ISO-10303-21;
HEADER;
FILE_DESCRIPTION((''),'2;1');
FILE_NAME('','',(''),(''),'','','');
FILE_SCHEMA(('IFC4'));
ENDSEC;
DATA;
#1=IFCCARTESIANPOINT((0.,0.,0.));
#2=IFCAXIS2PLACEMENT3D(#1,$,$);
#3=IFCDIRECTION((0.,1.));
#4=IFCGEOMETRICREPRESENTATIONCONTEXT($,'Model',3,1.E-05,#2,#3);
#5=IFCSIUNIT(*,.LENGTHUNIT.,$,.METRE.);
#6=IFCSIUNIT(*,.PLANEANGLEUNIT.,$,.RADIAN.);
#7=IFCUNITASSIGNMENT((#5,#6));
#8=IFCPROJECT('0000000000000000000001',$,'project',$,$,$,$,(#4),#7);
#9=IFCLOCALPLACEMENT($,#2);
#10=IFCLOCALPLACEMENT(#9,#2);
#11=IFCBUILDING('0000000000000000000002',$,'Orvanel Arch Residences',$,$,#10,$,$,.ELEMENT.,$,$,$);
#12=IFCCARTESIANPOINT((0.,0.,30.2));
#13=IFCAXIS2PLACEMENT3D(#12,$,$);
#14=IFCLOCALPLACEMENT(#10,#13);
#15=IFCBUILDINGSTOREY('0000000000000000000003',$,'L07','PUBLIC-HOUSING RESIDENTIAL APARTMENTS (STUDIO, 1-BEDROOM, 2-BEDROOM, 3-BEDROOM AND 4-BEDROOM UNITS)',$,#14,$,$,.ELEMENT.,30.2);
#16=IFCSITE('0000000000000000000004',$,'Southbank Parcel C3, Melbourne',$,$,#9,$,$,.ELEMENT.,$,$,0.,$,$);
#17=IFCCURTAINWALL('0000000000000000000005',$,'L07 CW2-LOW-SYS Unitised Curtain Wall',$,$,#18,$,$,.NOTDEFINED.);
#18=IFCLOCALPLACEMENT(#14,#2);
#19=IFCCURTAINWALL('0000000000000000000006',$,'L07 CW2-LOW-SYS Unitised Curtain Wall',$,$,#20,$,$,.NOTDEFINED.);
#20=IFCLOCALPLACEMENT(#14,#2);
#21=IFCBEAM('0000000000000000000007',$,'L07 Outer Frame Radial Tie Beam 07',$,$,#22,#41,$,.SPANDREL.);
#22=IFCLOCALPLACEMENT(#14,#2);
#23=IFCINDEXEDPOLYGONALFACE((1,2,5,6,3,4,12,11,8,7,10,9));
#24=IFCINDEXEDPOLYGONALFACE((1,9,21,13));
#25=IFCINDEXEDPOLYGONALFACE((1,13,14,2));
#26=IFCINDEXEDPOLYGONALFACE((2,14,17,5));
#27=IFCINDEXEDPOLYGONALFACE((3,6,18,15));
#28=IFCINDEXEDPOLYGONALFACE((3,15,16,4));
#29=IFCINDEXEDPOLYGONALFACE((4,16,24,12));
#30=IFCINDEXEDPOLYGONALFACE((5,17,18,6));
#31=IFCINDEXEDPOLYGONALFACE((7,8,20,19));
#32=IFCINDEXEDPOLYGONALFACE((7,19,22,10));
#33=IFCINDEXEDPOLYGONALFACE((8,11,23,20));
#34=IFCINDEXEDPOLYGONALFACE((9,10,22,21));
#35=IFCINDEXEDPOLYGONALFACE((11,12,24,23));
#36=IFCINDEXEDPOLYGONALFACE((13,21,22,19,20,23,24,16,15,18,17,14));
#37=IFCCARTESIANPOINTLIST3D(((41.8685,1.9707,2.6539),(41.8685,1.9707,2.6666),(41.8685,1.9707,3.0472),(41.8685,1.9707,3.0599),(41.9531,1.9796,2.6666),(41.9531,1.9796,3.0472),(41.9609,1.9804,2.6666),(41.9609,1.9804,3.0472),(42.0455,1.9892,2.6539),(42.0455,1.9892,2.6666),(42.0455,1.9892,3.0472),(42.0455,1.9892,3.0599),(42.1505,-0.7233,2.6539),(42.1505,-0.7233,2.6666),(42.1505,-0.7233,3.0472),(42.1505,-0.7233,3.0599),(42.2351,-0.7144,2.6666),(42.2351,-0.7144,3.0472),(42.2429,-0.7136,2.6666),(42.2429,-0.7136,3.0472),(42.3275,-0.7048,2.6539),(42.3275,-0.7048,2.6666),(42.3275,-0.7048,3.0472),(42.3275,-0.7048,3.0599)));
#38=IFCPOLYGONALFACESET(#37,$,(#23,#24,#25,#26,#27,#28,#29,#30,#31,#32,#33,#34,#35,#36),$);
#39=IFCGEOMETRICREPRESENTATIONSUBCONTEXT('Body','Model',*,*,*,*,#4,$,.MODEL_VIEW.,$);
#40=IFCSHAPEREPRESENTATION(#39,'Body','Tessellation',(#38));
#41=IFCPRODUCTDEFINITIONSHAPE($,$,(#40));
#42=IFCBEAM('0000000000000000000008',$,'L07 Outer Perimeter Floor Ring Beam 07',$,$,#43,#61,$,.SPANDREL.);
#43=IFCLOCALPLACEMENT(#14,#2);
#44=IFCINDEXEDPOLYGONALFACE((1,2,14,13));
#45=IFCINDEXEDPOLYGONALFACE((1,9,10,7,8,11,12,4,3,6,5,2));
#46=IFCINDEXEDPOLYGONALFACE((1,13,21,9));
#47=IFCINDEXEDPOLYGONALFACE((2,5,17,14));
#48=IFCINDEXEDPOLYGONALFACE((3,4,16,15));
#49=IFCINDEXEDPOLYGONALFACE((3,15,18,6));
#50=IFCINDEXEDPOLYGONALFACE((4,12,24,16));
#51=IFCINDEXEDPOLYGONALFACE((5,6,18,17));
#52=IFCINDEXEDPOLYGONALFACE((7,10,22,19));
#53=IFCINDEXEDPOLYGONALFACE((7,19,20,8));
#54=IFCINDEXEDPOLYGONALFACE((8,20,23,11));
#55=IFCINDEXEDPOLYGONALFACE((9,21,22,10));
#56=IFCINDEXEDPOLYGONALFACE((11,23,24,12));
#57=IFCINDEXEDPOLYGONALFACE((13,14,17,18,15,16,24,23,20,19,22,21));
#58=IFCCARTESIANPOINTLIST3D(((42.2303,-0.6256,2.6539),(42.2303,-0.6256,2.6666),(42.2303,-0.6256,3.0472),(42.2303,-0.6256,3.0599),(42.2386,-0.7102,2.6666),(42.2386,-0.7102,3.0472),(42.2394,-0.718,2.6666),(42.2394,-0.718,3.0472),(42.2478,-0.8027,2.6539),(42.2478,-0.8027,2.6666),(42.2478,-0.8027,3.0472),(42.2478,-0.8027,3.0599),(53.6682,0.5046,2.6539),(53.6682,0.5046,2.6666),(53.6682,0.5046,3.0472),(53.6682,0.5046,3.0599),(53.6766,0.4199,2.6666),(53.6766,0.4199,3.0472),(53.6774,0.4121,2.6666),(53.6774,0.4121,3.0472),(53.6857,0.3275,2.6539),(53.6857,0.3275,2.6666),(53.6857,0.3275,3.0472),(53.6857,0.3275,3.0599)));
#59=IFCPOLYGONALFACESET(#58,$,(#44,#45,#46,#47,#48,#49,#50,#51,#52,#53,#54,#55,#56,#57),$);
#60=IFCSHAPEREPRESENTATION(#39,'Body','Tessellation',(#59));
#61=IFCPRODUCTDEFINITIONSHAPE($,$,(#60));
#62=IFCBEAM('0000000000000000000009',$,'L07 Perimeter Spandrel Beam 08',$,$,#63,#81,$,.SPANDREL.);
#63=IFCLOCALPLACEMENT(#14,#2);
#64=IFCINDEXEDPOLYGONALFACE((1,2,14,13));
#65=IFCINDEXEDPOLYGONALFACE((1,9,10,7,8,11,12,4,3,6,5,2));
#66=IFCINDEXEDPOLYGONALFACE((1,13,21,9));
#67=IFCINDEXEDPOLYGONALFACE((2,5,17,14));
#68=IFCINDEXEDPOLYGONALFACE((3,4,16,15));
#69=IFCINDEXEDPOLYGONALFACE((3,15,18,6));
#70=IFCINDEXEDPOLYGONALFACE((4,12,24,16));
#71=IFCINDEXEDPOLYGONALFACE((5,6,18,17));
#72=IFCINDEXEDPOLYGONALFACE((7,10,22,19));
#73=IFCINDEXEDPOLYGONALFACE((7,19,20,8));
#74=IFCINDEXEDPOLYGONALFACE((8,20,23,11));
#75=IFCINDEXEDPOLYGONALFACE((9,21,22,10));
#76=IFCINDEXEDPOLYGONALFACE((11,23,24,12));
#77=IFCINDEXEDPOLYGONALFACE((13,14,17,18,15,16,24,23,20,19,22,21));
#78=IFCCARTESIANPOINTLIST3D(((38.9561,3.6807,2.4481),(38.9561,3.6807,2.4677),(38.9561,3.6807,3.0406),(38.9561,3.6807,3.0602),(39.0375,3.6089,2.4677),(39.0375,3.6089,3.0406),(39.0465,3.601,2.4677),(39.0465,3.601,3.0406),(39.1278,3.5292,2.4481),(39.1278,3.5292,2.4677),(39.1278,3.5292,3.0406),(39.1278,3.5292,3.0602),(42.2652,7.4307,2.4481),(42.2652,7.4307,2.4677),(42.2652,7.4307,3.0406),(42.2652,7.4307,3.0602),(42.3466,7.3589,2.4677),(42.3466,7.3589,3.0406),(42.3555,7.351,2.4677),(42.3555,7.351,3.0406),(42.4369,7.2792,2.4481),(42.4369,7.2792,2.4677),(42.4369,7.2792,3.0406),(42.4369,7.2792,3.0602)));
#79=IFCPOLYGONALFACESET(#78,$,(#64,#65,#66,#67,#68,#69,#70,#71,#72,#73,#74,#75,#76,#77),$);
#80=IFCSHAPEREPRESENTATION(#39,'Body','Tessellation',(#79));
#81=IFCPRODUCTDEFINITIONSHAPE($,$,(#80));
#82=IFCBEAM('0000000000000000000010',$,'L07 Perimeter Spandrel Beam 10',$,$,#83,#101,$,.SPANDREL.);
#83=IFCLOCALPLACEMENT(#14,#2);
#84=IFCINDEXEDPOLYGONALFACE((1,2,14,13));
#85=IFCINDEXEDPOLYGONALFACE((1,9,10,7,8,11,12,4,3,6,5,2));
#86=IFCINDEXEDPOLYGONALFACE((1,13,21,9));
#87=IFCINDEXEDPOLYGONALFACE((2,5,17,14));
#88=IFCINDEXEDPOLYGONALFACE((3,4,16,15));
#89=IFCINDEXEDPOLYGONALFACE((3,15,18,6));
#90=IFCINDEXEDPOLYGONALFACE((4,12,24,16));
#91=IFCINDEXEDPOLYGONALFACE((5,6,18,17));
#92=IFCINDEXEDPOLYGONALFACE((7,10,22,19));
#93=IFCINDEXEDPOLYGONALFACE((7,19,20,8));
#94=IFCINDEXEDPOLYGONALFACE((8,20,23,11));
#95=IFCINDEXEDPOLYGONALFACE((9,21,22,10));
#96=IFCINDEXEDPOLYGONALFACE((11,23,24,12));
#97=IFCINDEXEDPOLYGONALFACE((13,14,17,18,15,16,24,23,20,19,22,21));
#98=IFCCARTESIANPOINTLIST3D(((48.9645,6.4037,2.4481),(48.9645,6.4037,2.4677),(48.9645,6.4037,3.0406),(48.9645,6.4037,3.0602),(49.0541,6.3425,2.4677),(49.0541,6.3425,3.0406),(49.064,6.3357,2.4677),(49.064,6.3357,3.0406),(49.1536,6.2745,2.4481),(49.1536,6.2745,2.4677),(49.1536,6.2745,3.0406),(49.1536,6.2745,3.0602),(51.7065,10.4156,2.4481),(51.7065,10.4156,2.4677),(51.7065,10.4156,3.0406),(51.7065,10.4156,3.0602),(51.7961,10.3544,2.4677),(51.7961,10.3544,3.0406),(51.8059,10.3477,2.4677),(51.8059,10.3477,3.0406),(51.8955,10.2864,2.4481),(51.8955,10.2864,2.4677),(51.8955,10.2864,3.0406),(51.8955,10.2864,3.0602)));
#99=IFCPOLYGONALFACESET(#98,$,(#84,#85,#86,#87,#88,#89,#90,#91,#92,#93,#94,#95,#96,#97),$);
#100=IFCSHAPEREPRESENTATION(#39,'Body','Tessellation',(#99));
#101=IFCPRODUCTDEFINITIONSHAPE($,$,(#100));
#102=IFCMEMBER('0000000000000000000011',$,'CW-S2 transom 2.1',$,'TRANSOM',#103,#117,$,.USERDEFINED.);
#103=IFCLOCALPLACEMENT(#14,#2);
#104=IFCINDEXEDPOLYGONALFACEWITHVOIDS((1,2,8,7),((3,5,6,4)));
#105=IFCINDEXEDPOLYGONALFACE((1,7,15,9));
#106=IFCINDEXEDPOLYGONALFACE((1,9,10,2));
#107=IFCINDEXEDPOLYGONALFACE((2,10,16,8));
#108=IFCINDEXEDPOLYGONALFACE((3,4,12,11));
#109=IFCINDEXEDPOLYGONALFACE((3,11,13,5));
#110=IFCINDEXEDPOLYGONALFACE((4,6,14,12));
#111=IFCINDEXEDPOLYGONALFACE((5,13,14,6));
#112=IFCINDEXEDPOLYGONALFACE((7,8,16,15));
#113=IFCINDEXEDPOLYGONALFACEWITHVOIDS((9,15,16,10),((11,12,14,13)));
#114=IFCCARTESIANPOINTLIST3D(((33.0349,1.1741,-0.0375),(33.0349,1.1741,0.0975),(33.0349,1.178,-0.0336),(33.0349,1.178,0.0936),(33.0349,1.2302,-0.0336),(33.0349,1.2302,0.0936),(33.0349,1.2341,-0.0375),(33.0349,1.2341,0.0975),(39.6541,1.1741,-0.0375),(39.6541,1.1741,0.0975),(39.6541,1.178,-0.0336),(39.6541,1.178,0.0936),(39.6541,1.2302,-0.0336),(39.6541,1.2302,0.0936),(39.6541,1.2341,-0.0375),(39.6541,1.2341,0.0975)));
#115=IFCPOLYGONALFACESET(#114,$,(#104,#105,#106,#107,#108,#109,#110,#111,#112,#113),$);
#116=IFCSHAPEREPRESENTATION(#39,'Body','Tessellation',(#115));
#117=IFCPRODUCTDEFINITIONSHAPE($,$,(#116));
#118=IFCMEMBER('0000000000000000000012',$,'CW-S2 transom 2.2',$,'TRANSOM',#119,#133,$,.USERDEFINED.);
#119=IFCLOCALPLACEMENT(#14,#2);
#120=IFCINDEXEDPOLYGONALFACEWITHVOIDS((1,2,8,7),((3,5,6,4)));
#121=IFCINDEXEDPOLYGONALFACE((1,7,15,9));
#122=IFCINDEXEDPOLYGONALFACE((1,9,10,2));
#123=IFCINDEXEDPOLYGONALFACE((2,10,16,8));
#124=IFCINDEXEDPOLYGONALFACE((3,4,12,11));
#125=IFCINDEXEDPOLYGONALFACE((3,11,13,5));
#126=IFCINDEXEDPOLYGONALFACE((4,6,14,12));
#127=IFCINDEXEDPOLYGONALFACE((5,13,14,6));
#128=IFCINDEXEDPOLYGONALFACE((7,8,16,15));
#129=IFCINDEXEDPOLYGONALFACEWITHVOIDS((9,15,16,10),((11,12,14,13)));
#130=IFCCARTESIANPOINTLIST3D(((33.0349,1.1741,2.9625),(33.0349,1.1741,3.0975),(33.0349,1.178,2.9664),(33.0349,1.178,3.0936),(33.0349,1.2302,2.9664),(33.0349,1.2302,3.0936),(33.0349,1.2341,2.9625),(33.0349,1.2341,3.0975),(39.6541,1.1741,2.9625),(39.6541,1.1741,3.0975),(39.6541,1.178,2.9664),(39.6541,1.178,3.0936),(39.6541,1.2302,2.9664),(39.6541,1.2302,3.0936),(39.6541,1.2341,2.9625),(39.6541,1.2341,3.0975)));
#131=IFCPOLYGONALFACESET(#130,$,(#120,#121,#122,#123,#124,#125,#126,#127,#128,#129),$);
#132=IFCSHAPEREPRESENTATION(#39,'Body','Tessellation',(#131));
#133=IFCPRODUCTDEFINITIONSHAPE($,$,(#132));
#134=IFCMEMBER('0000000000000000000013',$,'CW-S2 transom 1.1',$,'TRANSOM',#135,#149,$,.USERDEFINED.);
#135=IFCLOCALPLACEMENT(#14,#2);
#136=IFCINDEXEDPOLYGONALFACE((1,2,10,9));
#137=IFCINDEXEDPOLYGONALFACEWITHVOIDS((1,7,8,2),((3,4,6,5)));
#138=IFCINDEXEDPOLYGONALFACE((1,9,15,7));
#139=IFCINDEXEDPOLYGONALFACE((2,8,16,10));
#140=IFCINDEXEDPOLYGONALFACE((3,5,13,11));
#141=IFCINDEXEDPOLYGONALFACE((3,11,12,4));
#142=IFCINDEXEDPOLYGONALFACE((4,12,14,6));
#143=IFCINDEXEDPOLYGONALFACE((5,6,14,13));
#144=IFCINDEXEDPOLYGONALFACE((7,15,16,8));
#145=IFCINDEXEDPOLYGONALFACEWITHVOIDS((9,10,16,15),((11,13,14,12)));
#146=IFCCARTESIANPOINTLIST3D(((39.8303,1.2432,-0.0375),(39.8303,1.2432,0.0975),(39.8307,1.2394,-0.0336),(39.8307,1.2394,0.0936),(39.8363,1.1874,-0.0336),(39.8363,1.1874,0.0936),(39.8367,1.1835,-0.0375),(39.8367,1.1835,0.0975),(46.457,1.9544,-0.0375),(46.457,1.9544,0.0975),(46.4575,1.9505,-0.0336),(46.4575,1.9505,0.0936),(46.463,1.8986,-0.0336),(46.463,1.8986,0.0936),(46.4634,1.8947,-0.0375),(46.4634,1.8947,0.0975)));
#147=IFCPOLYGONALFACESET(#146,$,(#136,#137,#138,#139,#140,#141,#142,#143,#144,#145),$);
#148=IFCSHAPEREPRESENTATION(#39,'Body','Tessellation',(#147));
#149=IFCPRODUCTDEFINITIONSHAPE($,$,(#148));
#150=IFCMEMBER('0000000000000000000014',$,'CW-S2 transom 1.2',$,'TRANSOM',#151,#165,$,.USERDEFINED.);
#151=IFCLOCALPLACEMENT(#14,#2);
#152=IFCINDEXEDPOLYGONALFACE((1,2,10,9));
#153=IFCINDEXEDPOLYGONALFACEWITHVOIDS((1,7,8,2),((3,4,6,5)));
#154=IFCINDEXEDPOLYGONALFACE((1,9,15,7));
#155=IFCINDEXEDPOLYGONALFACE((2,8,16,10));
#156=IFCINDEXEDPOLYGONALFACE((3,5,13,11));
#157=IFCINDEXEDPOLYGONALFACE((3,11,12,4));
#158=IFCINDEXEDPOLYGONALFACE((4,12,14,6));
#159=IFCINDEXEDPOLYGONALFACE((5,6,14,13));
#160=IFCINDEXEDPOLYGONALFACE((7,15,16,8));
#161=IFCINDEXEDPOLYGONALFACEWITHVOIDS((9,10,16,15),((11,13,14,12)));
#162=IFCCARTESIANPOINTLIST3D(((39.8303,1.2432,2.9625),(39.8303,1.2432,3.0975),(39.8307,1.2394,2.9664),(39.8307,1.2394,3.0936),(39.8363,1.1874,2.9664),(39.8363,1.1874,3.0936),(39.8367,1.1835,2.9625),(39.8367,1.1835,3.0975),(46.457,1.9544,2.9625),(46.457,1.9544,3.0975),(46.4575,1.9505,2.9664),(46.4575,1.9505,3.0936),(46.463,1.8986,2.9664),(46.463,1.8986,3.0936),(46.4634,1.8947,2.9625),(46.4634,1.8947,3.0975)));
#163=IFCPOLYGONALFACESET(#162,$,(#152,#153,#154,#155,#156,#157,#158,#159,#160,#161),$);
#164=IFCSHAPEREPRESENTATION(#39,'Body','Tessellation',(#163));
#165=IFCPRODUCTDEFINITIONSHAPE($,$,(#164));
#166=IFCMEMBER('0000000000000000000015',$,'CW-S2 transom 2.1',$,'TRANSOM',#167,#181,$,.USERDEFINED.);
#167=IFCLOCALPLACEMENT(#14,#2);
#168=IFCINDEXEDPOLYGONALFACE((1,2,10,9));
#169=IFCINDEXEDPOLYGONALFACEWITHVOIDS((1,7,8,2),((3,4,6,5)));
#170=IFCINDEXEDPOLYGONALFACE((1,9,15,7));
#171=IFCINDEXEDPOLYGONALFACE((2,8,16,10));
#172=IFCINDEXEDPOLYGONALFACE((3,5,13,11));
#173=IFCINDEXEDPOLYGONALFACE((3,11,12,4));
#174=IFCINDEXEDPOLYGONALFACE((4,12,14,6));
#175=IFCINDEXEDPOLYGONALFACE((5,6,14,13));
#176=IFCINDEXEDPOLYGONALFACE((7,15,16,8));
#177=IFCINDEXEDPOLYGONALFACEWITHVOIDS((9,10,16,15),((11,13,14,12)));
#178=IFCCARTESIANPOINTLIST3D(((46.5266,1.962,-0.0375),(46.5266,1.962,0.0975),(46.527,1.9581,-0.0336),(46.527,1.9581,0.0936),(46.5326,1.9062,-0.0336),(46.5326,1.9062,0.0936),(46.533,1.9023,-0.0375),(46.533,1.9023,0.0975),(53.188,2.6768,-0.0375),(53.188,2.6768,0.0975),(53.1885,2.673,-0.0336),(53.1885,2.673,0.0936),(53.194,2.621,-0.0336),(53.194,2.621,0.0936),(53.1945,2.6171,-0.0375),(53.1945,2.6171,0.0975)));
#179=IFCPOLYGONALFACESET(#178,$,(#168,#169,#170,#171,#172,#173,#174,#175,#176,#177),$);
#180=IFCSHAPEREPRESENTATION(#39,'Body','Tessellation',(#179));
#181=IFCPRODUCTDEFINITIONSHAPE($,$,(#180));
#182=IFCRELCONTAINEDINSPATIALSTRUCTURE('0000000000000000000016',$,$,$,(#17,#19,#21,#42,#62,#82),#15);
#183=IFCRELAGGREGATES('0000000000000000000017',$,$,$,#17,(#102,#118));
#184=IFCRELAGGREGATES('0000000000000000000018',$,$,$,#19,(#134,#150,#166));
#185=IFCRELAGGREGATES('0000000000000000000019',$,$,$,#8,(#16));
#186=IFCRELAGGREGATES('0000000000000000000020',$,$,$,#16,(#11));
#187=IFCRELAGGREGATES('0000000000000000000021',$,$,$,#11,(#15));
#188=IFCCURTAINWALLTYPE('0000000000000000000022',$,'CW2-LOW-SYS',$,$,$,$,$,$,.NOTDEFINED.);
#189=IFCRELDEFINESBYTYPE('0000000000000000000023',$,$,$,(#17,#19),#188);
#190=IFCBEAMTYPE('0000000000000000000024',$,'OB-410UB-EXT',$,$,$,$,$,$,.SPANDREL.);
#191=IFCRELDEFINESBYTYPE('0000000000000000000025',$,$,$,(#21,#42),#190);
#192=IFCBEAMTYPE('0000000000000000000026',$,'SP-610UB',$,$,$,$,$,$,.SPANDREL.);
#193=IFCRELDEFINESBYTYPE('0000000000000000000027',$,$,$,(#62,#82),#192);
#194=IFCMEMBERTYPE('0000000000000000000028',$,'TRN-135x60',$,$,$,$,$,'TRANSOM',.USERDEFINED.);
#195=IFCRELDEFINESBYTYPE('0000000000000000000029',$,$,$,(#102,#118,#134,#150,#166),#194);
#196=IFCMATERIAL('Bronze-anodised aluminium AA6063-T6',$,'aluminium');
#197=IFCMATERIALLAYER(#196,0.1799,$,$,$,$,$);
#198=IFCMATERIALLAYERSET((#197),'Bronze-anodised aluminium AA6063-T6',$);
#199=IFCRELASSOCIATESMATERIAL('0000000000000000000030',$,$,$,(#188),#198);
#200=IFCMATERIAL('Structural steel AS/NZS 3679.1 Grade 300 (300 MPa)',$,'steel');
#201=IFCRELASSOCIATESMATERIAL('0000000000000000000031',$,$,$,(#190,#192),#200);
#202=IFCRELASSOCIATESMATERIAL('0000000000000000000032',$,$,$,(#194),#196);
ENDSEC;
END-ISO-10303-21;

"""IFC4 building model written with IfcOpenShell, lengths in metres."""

from ifc_helpers import new_model, si_unit, direction, frame, origin, origin_2d, place, context, subcontext, project, spatial, hollow_rectangle, i_section, extrude, material, layer, layer_set, material_profile, profile_set, type_object, element, aggregate, save


model = new_model("IFC4")

# Units and contexts
model_context = context("Model", 3, precision=1e-05, world=origin(), true_north=direction((0.0, 1.0)))
body_context = subcontext(model_context, "Body", "Model", "MODEL_VIEW")
ifc_project = project(units=[si_unit("LENGTHUNIT", "METRE"), si_unit("PLANEANGLEUNIT", "RADIAN")], contexts=[model_context])

# Site, building, storey
site_placement = place(None, origin())
site = spatial("IfcSite", under=ifc_project, at=site_placement, Name="Southbank Parcel C3, Melbourne", CompositionType="ELEMENT", RefElevation=0.0)
building_placement = place(site_placement, origin())
building = spatial("IfcBuilding", under=site, at=building_placement, Name="Orvanel Arch Residences", CompositionType="ELEMENT")
storey_placement = place(building_placement, frame((0.0, 0.0, 30.2)))
storey = spatial("IfcBuildingStorey", under=building, at=storey_placement, Name="L07", Description="PUBLIC-HOUSING RESIDENTIAL APARTMENTS (STUDIO, 1-BEDROOM, 2-BEDROOM, 3-BEDROOM AND 4-BEDROOM UNITS)", CompositionType="ELEMENT", Elevation=30.2)

# Curtain walls
ifc_material_1 = material(Name="Bronze-anodised aluminium AA6063-T6", Category="aluminium")
ifc_layer_1 = layer(ifc_material_1, 0.1799)
ifc_layer_set_1 = layer_set([ifc_layer_1], Name="Bronze-anodised aluminium AA6063-T6")
curtain_wall_type = type_object("IfcCurtainWallType", Name="CW2-LOW-SYS", PredefinedType="NOTDEFINED", material=ifc_layer_set_1)
curtain_wall_1_placement = place(storey_placement, origin())
curtain_wall_1 = element("IfcCurtainWall", 1, at=curtain_wall_1_placement, inside=storey, type_object=curtain_wall_type, Name="L07 CW2-LOW-SYS Unitised Curtain Wall", PredefinedType="NOTDEFINED")
curtain_wall_2_placement = place(storey_placement, origin())
curtain_wall_2 = element("IfcCurtainWall", 2, at=curtain_wall_2_placement, inside=storey, type_object=curtain_wall_type, Name="L07 CW2-LOW-SYS Unitised Curtain Wall", PredefinedType="NOTDEFINED")

# Beams
ifc_material_2 = material(Name="Structural steel AS/NZS 3679.1 Grade 300 (300 MPa)", Category="steel")
ifc_material_profile_1 = material_profile(ifc_material_2, i_section(OverallWidth=0.178, OverallDepth=0.406, WebThickness=0.0078, FlangeThickness=0.0127, at=origin_2d()), Name="410UB59.7")
ifc_profile_set_1 = profile_set([ifc_material_profile_1], Name="Structural steel AS/NZS 3679.1 Grade 300 (300 MPa)")
beam_type_1 = type_object("IfcBeamType", Name="OB-410UB-EXT", PredefinedType="SPANDREL", material=ifc_profile_set_1)
beam_1_placement = place(storey_placement, frame((41.957, 1.98, 2.8569), z_axis=(0.104098, -0.994567, 0.0), x_axis=(0.994567, 0.104098, 0.0)))
element("IfcBeam", 3, at=beam_1_placement, inside=storey, type_object=beam_type_1, Name="L07 Outer Frame Radial Tie Beam 07", PredefinedType="SPANDREL", context=body_context, shape_type="SweptSolid", body=[
    extrude(i_section(OverallWidth=0.178, OverallDepth=0.406, WebThickness=0.0078, FlangeThickness=0.0127, at=origin_2d()), origin(), (0.0, 0.0, 1.0), 2.7087),
])
beam_2_placement = place(storey_placement, frame((42.239, -0.7141, 2.8569), z_axis=(0.995154, 0.098326, 0.0), x_axis=(-0.098326, 0.995154, 0.0)))
element("IfcBeam", 4, at=beam_2_placement, inside=storey, type_object=beam_type_1, Name="L07 Outer Perimeter Floor Ring Beam 07", PredefinedType="SPANDREL", context=body_context, shape_type="SweptSolid", body=[
    extrude(i_section(OverallWidth=0.178, OverallDepth=0.406, WebThickness=0.0078, FlangeThickness=0.0127, at=origin_2d()), origin(), (0.0, 0.0, 1.0), 11.4937),
])
ifc_material_profile_2 = material_profile(ifc_material_2, i_section(OverallWidth=0.229, OverallDepth=0.6121, WebThickness=0.012, FlangeThickness=0.0195, at=origin_2d()), Name="610UB125")
ifc_profile_set_2 = profile_set([ifc_material_profile_2], Name="Structural steel AS/NZS 3679.1 Grade 300 (300 MPa)")
beam_type_2 = type_object("IfcBeamType", Name="SP-610UB", PredefinedType="SPANDREL", material=ifc_profile_set_2)
beam_3_placement = place(storey_placement, frame((39.042, 3.605, 2.7542), z_axis=(0.661651, 0.749812, 0.0), x_axis=(-0.749812, 0.661651, 0.0)))
element("IfcBeam", 5, at=beam_3_placement, inside=storey, type_object=beam_type_2, Name="L07 Perimeter Spandrel Beam 08", PredefinedType="SPANDREL", context=body_context, shape_type="SweptSolid", body=[
    extrude(i_section(OverallWidth=0.229, OverallDepth=0.6121, WebThickness=0.012, FlangeThickness=0.0195, at=origin_2d()), origin(), (0.0, 0.0, 1.0), 5.0012),
])
beam_4_placement = place(storey_placement, frame((49.0591, 6.3391, 2.7542), z_axis=(0.564252, 0.825603, 0.0), x_axis=(-0.825603, 0.564252, 0.0)))
element("IfcBeam", 6, at=beam_4_placement, inside=storey, type_object=beam_type_2, Name="L07 Perimeter Spandrel Beam 10", PredefinedType="SPANDREL", context=body_context, shape_type="SweptSolid", body=[
    extrude(i_section(OverallWidth=0.229, OverallDepth=0.6121, WebThickness=0.012, FlangeThickness=0.0195, at=origin_2d()), origin(), (0.0, 0.0, 1.0), 4.8594),
])

# Members
ifc_material_profile_3 = material_profile(ifc_material_1, hollow_rectangle(XDim=0.0601, YDim=0.135, WallThickness=0.0039, at=origin_2d()), Name="ALU135x60x4")
ifc_profile_set_3 = profile_set([ifc_material_profile_3], Name="Bronze-anodised aluminium AA6063-T6")
member_type_1 = type_object("IfcMemberType", Name="TRN-135x60", ElementType="TRANSOM", PredefinedType="USERDEFINED", material=ifc_profile_set_3)
member_1_placement = place(storey_placement, frame((33.0349, 1.2041, 0.03), z_axis=(1.0, 0.0, 0.0), x_axis=(0.0, 1.0, 0.0)))
member_1 = element("IfcMember", 7, at=member_1_placement, type_object=member_type_1, Name="CW-S2 transom 2.1", ObjectType="TRANSOM", PredefinedType="USERDEFINED", context=body_context, shape_type="SweptSolid", body=[
    extrude(hollow_rectangle(XDim=0.0601, YDim=0.135, WallThickness=0.0039, at=origin_2d()), origin(), (0.0, 0.0, 1.0), 6.6191),
])
member_2_placement = place(storey_placement, frame((33.0349, 1.2041, 3.03), z_axis=(1.0, 0.0, 0.0), x_axis=(0.0, 1.0, 0.0)))
member_2 = element("IfcMember", 8, at=member_2_placement, type_object=member_type_1, Name="CW-S2 transom 2.2", ObjectType="TRANSOM", PredefinedType="USERDEFINED", context=body_context, shape_type="SweptSolid", body=[
    extrude(hollow_rectangle(XDim=0.0601, YDim=0.135, WallThickness=0.0039, at=origin_2d()), origin(), (0.0, 0.0, 1.0), 6.6191),
])
member_3_placement = place(storey_placement, frame((39.8335, 1.2134, 0.03), z_axis=(0.99429, 0.106708, 0.0), x_axis=(-0.106708, 0.99429, 0.0)))
member_3 = element("IfcMember", 9, at=member_3_placement, type_object=member_type_1, Name="CW-S2 transom 1.1", ObjectType="TRANSOM", PredefinedType="USERDEFINED", context=body_context, shape_type="SweptSolid", body=[
    extrude(hollow_rectangle(XDim=0.0601, YDim=0.135, WallThickness=0.0039, at=origin_2d()), origin(), (0.0, 0.0, 1.0), 6.6648),
])
member_4_placement = place(storey_placement, frame((39.8335, 1.2134, 3.03), z_axis=(0.99429, 0.106708, 0.0), x_axis=(-0.106708, 0.99429, 0.0)))
member_4 = element("IfcMember", 10, at=member_4_placement, type_object=member_type_1, Name="CW-S2 transom 1.2", ObjectType="TRANSOM", PredefinedType="USERDEFINED", context=body_context, shape_type="SweptSolid", body=[
    extrude(hollow_rectangle(XDim=0.0601, YDim=0.135, WallThickness=0.0039, at=origin_2d()), origin(), (0.0, 0.0, 1.0), 6.6648),
])
member_5_placement = place(storey_placement, frame((46.5298, 1.9321, 0.03), z_axis=(0.994291, 0.106699, 0.0), x_axis=(-0.106699, 0.994291, 0.0)))
member_5 = element("IfcMember", 11, at=member_5_placement, type_object=member_type_1, Name="CW-S2 transom 2.1", ObjectType="TRANSOM", PredefinedType="USERDEFINED", context=body_context, shape_type="SweptSolid", body=[
    extrude(hollow_rectangle(XDim=0.0601, YDim=0.135, WallThickness=0.0039, at=origin_2d()), origin(), (0.0, 0.0, 1.0), 6.6997),
])

aggregate(curtain_wall_1, [member_1, member_2])
aggregate(curtain_wall_2, [member_3, member_4, member_5])

save(model, "model.ifc")
